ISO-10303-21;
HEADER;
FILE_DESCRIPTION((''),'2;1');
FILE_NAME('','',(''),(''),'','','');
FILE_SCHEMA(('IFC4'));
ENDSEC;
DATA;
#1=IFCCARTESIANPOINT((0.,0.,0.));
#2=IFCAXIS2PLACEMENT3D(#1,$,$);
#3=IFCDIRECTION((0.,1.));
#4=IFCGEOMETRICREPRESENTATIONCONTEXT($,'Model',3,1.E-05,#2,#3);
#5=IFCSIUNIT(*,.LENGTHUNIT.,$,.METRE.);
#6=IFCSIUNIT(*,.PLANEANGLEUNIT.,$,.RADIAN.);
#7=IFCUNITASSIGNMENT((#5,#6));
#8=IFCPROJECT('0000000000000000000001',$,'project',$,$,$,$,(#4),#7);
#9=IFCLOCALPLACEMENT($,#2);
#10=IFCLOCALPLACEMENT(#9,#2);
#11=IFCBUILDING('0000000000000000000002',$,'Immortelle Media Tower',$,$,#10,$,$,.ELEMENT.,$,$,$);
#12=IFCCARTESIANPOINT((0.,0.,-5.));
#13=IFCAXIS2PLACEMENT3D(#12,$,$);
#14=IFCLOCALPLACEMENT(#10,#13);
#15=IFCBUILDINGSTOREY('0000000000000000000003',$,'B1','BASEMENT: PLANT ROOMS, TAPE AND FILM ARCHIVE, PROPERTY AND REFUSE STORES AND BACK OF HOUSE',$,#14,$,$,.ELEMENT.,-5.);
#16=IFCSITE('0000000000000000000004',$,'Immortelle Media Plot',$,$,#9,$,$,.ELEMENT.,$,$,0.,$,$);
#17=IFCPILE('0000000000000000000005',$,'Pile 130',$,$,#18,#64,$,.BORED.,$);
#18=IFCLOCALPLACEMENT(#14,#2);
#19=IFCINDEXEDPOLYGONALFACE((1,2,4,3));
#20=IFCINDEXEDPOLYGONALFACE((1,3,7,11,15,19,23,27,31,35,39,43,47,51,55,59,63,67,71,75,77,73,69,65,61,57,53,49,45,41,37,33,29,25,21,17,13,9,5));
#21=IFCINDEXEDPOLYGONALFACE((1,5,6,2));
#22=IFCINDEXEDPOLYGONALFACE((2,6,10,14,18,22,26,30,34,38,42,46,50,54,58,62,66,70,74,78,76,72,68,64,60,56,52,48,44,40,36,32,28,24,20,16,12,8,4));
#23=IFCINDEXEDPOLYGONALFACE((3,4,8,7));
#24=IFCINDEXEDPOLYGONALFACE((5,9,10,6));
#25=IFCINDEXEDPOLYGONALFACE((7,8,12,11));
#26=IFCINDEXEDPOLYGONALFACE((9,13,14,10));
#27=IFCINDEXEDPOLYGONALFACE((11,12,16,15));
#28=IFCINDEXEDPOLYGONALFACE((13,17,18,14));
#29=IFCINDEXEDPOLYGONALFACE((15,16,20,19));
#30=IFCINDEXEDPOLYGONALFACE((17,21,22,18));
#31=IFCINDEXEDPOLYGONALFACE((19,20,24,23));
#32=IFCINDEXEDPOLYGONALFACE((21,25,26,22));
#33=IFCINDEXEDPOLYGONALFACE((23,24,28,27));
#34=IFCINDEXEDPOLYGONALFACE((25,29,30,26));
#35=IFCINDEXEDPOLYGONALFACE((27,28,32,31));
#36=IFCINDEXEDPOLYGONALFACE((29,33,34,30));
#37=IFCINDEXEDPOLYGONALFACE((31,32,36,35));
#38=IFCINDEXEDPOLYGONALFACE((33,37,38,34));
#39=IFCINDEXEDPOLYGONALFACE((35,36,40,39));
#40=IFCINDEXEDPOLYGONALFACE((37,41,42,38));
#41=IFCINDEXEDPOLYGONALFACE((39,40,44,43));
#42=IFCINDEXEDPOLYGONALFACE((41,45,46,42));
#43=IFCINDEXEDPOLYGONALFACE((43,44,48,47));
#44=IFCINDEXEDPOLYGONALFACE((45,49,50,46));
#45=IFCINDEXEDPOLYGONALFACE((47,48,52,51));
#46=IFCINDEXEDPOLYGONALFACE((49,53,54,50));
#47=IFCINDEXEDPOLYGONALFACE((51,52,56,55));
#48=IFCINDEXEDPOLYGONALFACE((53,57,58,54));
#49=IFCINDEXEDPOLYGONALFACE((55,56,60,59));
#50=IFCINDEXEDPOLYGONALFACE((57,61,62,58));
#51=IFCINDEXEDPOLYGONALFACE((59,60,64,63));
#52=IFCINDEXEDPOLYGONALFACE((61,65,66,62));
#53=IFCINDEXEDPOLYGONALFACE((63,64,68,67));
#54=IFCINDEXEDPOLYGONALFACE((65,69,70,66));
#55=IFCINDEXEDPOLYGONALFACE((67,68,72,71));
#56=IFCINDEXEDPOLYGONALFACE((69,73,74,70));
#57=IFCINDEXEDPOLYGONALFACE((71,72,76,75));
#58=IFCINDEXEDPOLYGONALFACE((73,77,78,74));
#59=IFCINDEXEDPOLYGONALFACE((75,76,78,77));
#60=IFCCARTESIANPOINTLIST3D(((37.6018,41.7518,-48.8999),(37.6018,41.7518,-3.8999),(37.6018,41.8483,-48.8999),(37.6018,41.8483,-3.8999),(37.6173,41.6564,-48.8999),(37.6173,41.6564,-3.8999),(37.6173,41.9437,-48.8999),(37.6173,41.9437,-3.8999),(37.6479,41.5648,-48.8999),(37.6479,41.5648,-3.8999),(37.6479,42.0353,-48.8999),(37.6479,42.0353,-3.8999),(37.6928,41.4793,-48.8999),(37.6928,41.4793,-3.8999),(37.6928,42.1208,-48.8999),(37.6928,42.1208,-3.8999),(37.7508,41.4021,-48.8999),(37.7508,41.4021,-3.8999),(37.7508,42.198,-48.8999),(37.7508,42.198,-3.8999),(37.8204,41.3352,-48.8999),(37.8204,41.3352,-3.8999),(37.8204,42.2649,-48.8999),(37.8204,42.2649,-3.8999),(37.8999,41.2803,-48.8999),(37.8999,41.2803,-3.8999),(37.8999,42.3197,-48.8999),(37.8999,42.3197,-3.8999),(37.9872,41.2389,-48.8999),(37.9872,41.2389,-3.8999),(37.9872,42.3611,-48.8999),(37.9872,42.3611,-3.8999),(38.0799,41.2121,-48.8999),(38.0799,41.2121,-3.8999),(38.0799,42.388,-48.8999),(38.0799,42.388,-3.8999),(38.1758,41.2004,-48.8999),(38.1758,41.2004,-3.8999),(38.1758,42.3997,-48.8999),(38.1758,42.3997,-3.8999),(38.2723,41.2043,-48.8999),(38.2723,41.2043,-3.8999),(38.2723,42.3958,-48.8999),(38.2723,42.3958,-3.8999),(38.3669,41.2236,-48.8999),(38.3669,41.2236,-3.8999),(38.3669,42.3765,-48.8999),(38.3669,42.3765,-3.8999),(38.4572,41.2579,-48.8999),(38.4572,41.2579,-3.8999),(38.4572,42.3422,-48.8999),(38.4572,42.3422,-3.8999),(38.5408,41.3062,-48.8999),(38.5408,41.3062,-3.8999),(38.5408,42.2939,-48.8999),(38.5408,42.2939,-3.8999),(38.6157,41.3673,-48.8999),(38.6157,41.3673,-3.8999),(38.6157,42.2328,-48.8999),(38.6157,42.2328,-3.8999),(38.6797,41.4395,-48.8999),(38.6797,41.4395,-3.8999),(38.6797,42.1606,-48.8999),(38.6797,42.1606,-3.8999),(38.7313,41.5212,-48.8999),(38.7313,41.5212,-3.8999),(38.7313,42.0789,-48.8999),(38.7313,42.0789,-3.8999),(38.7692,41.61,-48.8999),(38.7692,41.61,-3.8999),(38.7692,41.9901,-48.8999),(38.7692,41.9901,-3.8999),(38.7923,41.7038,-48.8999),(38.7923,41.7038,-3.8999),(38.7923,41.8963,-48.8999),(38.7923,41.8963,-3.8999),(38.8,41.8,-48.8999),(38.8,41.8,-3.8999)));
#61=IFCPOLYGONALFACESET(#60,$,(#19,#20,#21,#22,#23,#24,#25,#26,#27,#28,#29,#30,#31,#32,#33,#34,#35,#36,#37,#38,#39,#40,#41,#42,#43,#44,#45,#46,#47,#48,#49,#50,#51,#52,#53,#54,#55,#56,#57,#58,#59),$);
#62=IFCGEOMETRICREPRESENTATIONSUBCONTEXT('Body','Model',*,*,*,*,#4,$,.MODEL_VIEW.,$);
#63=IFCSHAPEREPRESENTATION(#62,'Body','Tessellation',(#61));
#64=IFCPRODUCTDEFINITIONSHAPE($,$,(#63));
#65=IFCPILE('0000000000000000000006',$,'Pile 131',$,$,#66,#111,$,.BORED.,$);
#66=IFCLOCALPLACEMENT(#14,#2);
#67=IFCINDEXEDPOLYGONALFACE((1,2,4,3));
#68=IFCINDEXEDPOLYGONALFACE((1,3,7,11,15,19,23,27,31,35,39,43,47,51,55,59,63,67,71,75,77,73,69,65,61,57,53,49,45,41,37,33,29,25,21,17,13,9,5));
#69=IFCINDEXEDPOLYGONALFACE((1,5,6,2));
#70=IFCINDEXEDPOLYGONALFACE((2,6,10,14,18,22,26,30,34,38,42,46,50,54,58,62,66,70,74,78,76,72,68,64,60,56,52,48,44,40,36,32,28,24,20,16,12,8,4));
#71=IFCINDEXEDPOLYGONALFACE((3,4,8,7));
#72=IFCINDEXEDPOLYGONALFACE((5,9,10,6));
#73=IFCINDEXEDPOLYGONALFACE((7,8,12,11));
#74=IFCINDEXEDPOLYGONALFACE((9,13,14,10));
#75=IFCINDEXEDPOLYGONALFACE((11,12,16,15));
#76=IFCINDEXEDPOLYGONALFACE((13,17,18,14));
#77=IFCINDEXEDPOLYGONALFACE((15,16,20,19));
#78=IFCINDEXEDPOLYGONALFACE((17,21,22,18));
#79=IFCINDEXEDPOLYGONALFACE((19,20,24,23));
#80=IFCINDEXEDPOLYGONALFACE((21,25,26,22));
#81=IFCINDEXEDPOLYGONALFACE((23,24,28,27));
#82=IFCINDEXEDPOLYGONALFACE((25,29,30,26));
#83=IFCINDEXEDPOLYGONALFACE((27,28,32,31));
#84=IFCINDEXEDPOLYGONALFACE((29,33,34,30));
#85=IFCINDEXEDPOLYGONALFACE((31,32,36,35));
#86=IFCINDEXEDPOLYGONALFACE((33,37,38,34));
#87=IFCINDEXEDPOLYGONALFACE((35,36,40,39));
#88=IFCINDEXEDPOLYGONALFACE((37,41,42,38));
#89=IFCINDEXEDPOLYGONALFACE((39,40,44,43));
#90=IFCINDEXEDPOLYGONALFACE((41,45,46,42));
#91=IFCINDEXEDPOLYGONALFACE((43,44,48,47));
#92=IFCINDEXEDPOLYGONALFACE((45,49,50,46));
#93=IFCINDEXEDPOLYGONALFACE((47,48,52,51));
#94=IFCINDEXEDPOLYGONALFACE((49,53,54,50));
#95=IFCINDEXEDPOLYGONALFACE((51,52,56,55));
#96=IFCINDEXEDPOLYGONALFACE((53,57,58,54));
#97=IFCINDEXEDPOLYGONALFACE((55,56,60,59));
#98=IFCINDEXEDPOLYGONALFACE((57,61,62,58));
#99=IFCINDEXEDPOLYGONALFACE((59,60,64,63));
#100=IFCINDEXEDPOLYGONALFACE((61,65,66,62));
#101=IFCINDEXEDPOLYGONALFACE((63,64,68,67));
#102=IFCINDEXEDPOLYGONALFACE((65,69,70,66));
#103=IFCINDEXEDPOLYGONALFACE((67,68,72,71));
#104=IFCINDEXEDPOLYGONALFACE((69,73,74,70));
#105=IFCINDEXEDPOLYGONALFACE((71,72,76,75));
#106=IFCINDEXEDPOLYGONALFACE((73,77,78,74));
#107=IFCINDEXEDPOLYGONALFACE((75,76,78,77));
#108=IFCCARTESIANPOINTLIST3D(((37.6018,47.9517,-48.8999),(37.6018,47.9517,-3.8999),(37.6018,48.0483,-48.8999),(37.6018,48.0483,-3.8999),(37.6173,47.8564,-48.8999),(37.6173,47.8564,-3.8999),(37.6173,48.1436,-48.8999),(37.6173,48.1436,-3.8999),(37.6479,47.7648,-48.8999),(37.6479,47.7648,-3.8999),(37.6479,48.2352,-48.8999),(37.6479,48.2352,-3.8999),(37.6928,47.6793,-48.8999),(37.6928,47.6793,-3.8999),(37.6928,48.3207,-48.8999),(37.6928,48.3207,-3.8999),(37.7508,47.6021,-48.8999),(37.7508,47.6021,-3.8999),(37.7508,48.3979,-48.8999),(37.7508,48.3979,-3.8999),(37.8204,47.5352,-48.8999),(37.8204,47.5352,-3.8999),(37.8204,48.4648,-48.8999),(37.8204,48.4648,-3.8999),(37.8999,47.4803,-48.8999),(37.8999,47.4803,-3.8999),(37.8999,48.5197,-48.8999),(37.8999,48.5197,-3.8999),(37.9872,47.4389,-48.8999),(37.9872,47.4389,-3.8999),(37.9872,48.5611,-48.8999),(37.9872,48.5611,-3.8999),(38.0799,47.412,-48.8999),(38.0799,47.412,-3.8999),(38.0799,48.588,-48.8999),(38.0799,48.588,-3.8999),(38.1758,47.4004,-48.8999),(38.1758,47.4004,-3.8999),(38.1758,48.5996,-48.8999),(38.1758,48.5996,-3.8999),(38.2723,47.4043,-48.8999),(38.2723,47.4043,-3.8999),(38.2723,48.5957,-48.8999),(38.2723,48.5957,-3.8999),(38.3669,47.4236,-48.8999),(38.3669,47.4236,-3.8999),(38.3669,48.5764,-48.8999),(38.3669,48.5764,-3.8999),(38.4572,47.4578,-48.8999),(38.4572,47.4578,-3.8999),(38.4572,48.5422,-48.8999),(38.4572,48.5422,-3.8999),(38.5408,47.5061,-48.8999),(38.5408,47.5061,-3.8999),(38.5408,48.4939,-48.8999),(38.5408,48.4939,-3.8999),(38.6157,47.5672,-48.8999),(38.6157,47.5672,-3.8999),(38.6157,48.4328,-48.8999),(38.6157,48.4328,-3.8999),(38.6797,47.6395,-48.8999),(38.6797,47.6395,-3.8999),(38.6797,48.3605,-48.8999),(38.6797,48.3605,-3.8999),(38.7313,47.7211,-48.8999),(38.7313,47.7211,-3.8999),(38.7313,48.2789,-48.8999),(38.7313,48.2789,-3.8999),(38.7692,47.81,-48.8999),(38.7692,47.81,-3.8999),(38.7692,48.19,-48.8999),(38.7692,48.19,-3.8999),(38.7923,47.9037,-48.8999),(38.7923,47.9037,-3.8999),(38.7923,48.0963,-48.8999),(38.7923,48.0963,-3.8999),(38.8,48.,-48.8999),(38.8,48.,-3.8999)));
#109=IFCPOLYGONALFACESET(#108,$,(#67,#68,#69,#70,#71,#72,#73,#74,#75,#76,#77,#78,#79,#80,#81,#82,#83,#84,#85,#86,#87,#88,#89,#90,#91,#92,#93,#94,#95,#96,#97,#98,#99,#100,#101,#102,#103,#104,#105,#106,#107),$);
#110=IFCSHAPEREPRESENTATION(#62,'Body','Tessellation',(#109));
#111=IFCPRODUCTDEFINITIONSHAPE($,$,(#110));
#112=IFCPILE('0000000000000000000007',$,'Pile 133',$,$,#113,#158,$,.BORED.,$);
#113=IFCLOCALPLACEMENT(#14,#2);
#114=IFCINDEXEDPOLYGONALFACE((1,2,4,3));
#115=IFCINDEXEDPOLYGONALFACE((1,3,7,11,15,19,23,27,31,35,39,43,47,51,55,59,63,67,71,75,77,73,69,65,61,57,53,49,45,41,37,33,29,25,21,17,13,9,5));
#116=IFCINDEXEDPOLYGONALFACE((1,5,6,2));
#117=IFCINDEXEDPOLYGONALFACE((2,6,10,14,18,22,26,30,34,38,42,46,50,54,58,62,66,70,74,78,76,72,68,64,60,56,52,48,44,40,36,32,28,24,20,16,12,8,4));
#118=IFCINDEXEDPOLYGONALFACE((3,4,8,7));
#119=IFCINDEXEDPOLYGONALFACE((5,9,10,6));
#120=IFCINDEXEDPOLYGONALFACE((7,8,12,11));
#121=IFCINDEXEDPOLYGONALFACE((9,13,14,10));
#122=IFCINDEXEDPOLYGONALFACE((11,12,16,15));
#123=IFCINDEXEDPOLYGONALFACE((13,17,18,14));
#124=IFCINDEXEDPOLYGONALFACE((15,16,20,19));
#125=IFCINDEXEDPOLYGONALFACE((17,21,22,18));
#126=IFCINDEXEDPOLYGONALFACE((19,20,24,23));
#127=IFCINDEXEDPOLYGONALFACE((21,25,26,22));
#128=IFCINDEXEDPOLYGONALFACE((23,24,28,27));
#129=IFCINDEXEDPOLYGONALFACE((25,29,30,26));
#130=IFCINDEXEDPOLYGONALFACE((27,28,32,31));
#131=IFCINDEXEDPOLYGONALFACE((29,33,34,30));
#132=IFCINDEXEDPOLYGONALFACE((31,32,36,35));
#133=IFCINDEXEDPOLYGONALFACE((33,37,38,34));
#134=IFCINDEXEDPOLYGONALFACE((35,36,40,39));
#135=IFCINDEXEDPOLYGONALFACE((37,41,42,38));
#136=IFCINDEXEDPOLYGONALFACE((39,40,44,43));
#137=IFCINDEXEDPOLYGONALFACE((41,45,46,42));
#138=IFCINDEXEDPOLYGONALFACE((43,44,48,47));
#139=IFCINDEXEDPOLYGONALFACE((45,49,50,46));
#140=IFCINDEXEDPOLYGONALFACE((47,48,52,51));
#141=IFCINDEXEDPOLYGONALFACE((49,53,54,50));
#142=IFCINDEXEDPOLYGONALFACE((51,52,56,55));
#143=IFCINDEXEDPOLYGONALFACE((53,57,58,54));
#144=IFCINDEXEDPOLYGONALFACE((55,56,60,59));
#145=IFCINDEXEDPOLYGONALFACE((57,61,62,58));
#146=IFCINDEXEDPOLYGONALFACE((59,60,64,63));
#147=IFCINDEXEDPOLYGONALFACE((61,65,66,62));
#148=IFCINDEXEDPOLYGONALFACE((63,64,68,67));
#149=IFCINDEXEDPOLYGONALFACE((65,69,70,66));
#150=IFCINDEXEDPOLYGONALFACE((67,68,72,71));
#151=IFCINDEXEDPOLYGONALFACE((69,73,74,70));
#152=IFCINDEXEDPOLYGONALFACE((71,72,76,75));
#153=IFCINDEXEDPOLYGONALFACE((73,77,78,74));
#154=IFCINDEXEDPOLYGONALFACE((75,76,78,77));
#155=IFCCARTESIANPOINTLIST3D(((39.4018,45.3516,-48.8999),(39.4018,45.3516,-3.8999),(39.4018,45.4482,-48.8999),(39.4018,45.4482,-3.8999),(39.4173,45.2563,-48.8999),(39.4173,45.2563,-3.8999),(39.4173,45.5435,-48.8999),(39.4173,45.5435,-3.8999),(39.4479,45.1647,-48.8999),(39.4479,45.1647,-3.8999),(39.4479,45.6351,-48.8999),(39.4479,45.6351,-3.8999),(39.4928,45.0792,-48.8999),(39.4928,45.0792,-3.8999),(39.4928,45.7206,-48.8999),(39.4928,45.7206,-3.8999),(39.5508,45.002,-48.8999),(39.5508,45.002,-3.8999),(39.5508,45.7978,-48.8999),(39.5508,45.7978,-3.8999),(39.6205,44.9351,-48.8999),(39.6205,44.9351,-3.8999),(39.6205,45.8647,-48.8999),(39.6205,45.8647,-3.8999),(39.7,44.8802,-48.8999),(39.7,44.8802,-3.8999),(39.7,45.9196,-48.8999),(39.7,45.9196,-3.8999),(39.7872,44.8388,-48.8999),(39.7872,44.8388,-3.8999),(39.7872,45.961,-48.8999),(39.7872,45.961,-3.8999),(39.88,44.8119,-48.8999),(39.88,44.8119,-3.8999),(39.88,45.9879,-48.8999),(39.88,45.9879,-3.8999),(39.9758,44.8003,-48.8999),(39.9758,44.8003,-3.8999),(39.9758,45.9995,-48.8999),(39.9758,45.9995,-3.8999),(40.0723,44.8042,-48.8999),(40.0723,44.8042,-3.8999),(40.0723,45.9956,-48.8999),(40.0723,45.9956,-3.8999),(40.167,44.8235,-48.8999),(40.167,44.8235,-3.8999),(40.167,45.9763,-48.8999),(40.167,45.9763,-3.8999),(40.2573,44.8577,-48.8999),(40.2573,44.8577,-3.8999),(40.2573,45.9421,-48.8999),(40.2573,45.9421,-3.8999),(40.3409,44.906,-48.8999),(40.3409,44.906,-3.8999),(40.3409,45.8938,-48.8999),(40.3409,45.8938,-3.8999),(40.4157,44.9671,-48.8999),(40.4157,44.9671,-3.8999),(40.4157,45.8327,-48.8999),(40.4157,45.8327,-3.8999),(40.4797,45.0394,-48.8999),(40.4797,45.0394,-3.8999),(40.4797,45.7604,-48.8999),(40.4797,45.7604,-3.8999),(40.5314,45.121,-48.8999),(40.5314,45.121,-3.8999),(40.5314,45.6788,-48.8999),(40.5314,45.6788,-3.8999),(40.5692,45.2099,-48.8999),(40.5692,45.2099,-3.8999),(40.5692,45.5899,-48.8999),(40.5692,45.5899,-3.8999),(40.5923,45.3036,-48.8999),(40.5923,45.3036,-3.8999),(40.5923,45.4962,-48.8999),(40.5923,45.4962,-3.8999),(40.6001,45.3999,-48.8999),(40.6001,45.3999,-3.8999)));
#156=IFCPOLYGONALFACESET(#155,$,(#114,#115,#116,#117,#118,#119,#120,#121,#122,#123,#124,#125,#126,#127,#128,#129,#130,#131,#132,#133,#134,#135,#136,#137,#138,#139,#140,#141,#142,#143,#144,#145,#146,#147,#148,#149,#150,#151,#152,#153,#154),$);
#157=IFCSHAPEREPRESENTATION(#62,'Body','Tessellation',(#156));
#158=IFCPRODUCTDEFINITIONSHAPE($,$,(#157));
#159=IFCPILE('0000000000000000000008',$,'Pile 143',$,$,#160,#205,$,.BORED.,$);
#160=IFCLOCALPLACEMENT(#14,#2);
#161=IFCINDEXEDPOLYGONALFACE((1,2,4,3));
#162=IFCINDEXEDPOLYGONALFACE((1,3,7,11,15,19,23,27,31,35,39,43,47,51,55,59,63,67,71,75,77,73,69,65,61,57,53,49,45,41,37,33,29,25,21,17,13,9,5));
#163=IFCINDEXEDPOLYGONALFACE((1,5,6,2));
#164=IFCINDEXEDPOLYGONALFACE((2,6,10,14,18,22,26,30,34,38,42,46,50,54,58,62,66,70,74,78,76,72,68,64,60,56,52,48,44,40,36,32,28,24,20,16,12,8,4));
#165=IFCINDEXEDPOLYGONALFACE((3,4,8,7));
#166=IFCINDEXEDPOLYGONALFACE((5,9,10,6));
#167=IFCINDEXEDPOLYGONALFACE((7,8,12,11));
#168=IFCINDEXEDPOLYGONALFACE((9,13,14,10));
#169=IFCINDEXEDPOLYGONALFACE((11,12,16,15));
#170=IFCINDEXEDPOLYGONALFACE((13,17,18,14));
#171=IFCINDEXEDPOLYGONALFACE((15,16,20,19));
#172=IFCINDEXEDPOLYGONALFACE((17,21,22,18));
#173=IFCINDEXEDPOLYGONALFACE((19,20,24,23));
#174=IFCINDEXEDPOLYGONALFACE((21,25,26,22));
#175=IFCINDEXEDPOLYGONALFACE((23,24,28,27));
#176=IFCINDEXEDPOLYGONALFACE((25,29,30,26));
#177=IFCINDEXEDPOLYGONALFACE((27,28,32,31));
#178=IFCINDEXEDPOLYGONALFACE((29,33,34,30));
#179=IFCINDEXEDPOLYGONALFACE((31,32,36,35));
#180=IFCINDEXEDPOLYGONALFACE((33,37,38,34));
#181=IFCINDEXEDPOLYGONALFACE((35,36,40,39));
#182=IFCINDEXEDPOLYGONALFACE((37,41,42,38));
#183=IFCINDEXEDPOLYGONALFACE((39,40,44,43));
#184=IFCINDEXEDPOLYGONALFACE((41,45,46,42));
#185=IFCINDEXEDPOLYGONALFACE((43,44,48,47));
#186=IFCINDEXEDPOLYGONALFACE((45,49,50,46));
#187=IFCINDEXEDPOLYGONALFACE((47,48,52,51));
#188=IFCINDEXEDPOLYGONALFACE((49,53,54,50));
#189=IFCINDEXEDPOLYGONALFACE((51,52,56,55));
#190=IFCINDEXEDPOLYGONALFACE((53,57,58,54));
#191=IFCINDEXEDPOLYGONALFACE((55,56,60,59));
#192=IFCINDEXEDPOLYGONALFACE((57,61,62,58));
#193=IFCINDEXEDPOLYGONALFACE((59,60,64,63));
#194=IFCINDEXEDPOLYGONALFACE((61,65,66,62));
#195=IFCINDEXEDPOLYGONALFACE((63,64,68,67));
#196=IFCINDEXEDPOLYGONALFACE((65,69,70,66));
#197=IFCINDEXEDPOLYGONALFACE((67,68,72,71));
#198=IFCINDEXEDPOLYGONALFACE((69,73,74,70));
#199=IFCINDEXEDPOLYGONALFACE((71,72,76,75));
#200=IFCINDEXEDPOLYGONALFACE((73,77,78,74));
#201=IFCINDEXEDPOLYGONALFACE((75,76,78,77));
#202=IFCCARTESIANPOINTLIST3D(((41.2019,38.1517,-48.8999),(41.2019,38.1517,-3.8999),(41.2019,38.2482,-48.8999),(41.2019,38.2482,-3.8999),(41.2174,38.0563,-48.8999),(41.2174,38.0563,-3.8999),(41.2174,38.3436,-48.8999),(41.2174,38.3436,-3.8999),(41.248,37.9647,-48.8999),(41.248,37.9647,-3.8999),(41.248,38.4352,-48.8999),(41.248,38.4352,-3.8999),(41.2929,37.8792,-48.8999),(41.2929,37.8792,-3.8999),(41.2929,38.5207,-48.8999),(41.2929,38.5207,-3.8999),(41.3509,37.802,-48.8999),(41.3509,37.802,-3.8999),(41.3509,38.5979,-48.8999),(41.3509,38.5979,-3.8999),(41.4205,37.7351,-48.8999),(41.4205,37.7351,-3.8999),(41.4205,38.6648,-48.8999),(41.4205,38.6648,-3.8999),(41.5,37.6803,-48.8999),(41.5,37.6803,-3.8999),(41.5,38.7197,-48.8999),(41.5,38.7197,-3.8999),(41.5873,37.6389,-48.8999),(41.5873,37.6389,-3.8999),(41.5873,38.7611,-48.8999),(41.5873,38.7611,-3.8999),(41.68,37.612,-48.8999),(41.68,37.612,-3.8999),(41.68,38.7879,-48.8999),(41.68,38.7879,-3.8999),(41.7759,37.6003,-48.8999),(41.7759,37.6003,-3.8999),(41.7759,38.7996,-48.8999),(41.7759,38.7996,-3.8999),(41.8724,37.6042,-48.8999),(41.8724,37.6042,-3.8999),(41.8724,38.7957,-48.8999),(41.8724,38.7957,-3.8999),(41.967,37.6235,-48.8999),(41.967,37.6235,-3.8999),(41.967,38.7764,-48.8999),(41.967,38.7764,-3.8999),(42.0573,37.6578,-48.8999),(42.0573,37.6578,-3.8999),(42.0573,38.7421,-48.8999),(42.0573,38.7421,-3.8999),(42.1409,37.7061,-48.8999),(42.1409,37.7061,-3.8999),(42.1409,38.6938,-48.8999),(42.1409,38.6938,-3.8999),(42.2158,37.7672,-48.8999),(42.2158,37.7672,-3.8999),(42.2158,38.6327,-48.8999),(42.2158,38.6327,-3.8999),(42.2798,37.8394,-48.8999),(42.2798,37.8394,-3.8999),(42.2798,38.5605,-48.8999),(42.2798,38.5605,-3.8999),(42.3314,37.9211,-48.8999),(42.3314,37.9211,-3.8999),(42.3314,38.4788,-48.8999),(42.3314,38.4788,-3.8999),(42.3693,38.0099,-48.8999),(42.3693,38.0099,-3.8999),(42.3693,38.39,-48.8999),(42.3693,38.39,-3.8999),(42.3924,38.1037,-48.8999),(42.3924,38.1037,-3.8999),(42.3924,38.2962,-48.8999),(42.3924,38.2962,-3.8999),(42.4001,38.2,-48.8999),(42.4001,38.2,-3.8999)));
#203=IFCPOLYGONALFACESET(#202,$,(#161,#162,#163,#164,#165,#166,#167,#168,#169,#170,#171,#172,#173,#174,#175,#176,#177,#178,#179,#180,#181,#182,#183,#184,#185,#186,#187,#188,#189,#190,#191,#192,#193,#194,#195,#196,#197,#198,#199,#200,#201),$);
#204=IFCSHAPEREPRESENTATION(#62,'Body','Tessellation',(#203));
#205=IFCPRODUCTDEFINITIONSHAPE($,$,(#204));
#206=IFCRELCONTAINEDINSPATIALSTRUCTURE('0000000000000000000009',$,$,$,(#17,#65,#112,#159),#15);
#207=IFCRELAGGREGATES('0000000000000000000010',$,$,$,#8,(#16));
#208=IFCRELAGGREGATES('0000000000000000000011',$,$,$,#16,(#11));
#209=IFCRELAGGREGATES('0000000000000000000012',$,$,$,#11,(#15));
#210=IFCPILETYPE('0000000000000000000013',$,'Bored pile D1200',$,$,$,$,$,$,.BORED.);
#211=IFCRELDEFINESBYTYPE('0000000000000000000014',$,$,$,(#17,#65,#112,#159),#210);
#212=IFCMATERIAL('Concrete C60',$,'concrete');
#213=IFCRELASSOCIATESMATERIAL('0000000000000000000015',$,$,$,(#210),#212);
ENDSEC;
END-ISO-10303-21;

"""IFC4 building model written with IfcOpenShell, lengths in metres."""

from ifc_helpers import new_model, si_unit, direction, frame, origin, origin_2d, place, context, subcontext, project, spatial, circle, extrude, material, material_profile, profile_set, type_object, element, save


model = new_model("IFC4")

# Units and contexts
model_context = context("Model", 3, precision=1e-05, world=origin(), true_north=direction((0.0, 1.0)))
body_context = subcontext(model_context, "Body", "Model", "MODEL_VIEW")
ifc_project = project(units=[si_unit("LENGTHUNIT", "METRE"), si_unit("PLANEANGLEUNIT", "RADIAN")], contexts=[model_context])

# Site, building, storey
site_placement = place(None, origin())
site = spatial("IfcSite", under=ifc_project, at=site_placement, Name="Immortelle Media Plot", CompositionType="ELEMENT", RefElevation=0.0)
building_placement = place(site_placement, origin())
building = spatial("IfcBuilding", under=site, at=building_placement, Name="Immortelle Media Tower", CompositionType="ELEMENT")
storey_placement = place(building_placement, frame((0.0, 0.0, -5.0)))
storey = spatial("IfcBuildingStorey", under=building, at=storey_placement, Name="B1", Description="BASEMENT: PLANT ROOMS, TAPE AND FILM ARCHIVE, PROPERTY AND REFUSE STORES AND BACK OF HOUSE", CompositionType="ELEMENT", Elevation=-5.0)

# Piles
ifc_material_1 = material(Name="Concrete C60", Category="concrete")
ifc_material_profile_1 = material_profile(ifc_material_1, circle(Radius=0.6001, at=origin_2d()), Name="Bored pile D1200")
ifc_profile_set_1 = profile_set([ifc_material_profile_1], Name="Concrete C60")
pile_type = type_object("IfcPileType", Name="Bored pile D1200", PredefinedType="BORED", material=ifc_profile_set_1)
for number, where, z_axis, x_axis, name in (
    (1, (38.2, 41.8, -3.8999), (0.0, 0.0, -1.0), (1.0, 0.0, 0.0), "Pile 130"),
    (2, (38.2, 48.0, -3.8999), (0.0, 0.0, -1.0), (1.0, 0.0, 0.0), "Pile 131"),
    (3, (40.0, 45.3999, -3.8999), (0.0, 0.0, -1.0), (1.0, 0.0, 0.0), "Pile 133"),
    (4, (41.8, 38.2, -3.8999), (0.0, 0.0, -1.0), (1.0, 0.0, 0.0), "Pile 143"),
):
    element("IfcPile", number, at=place(storey_placement, frame(where, z_axis=z_axis, x_axis=x_axis)), inside=storey, type_object=pile_type, Name=name, PredefinedType="BORED", context=body_context, shape_type="SweptSolid", body=[
        extrude(circle(Radius=0.6001, at=origin_2d()), origin(), (0.0, 0.0, 1.0), 45.0),
    ])

save(model, "model.ifc")
